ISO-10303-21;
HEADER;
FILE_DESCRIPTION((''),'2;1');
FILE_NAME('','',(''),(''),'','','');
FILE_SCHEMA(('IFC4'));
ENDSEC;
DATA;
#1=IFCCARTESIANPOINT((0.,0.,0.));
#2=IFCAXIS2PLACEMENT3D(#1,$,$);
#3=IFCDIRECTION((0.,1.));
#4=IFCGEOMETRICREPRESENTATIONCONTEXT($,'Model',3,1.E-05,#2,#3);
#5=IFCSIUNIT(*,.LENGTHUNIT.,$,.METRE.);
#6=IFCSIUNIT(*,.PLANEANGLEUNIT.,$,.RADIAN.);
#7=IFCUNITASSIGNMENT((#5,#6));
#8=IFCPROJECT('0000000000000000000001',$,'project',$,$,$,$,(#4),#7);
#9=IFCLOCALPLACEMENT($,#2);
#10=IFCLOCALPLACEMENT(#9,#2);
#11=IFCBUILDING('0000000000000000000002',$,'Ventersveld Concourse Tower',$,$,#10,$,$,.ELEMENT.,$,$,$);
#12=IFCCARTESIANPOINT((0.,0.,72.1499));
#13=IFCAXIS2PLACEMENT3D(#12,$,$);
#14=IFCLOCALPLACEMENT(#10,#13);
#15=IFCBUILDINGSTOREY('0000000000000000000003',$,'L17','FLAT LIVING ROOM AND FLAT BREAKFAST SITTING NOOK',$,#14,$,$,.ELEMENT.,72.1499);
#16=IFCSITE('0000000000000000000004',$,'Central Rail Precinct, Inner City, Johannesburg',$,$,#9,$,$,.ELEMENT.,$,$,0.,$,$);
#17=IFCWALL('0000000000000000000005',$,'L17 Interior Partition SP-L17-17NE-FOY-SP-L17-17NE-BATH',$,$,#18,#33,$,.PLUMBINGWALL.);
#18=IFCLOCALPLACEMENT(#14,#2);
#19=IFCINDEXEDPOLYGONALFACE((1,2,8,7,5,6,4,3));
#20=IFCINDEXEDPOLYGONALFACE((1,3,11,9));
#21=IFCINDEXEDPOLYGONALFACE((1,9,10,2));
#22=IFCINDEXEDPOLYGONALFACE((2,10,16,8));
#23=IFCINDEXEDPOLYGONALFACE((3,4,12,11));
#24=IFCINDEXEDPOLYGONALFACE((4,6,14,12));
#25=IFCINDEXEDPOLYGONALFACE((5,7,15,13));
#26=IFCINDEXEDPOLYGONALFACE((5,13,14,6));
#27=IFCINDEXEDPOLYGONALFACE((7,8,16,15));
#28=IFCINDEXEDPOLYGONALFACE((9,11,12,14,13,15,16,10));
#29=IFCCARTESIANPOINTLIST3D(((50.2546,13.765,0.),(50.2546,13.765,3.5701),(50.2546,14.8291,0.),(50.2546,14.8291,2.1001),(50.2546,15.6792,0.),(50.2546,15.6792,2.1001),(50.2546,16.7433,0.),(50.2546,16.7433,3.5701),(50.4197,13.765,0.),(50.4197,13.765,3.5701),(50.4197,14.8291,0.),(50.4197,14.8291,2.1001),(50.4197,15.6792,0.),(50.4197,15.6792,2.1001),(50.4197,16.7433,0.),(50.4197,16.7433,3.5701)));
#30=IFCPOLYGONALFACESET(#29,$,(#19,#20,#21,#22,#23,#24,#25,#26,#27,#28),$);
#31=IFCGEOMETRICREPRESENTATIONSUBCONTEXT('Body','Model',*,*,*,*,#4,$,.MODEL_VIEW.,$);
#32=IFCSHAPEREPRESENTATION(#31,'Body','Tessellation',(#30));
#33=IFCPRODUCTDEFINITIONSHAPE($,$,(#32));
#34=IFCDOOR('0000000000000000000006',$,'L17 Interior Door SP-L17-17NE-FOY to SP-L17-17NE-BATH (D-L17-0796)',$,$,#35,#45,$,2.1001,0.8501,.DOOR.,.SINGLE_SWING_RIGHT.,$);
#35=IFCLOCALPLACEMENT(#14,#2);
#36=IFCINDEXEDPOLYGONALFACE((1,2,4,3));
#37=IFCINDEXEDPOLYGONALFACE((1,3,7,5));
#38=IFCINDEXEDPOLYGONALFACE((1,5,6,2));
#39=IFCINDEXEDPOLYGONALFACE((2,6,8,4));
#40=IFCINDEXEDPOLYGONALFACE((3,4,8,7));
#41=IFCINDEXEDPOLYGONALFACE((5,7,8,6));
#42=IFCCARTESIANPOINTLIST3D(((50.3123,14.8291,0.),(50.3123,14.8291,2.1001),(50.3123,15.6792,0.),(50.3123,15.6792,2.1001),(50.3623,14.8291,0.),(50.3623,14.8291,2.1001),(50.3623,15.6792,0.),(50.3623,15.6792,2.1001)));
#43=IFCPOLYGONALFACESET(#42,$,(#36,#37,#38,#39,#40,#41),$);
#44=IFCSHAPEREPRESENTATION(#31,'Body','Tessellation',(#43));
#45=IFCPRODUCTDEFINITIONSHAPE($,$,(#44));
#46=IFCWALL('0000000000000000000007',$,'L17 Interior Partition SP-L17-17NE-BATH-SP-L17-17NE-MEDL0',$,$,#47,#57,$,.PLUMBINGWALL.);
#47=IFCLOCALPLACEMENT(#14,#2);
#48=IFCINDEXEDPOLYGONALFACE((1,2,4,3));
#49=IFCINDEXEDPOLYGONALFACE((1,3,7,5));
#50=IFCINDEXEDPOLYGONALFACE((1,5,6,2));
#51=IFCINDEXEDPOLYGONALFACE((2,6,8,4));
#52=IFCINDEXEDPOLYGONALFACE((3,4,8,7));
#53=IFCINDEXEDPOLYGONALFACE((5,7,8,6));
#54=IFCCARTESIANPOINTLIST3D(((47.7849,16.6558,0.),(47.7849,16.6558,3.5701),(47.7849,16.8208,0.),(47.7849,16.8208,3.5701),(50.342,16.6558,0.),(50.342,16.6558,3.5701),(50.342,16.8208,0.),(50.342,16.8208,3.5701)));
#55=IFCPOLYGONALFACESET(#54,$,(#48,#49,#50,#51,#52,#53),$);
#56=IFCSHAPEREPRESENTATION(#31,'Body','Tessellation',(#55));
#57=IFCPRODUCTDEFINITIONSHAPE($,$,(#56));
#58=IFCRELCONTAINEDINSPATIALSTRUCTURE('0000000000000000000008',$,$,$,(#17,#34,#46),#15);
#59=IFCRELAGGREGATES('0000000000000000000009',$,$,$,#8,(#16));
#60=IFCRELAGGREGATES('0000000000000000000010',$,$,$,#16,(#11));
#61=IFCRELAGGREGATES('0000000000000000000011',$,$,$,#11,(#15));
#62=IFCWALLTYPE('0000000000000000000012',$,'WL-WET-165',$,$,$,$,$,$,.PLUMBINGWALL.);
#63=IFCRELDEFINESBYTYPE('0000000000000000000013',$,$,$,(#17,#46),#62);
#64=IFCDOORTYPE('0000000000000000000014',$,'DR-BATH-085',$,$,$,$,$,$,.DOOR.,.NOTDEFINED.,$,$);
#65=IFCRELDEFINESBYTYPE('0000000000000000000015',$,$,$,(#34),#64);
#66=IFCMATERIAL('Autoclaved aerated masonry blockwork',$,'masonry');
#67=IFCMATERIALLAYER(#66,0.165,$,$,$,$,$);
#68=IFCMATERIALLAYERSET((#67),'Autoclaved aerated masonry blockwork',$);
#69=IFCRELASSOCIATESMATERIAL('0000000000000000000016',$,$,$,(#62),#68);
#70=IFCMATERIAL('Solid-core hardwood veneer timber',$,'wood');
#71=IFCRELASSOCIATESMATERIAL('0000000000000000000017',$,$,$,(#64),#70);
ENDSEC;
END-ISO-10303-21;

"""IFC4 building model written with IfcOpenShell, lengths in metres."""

from ifc_helpers import new_model, si_unit, direction, frame, frame_2d, origin, place, context, subcontext, project, spatial, rectangle, extrude, material, layer, layer_set, type_object, element, fill, save


model = new_model("IFC4")

# Units and contexts
model_context = context("Model", 3, precision=1e-05, world=origin(), true_north=direction((0.0, 1.0)))
body_context = subcontext(model_context, "Body", "Model", "MODEL_VIEW")
ifc_project = project(units=[si_unit("LENGTHUNIT", "METRE"), si_unit("PLANEANGLEUNIT", "RADIAN")], contexts=[model_context])

# Site, building, storey
site_placement = place(None, origin())
site = spatial("IfcSite", under=ifc_project, at=site_placement, Name="Central Rail Precinct, Inner City, Johannesburg", CompositionType="ELEMENT", RefElevation=0.0)
building_placement = place(site_placement, origin())
building = spatial("IfcBuilding", under=site, at=building_placement, Name="Ventersveld Concourse Tower", CompositionType="ELEMENT")
storey_placement = place(building_placement, frame((0.0, 0.0, 72.1499)))
storey = spatial("IfcBuildingStorey", under=building, at=storey_placement, Name="L17", Description="FLAT LIVING ROOM AND FLAT BREAKFAST SITTING NOOK", CompositionType="ELEMENT", Elevation=72.1499)

# Shared definitions
ifc_material_1 = material(Name="Solid-core hardwood veneer timber", Category="wood")

# Wall, opening, door
ifc_material_2 = material(Name="Autoclaved aerated masonry blockwork", Category="masonry")
ifc_layer_1 = layer(ifc_material_2, 0.165)
ifc_layer_set_1 = layer_set([ifc_layer_1], Name="Autoclaved aerated masonry blockwork")
wall_type_1 = type_object("IfcWallType", Name="WL-WET-165", PredefinedType="PLUMBINGWALL", material=ifc_layer_set_1)
wall_1_placement = place(storey_placement, frame((50.3372, 13.7649, 0.0), z_axis=(0.0, 0.0, 1.0), x_axis=(0.0, 1.0, 0.0)))
wall_1 = element("IfcWall", 1, at=wall_1_placement, inside=storey, type_object=wall_type_1, Name="L17 Interior Partition SP-L17-17NE-FOY-SP-L17-17NE-BATH", PredefinedType="PLUMBINGWALL", context=body_context, shape_type="SweptSolid", body=[
    extrude(rectangle(XDim=2.9783, YDim=0.165, at=frame_2d((1.4893, 0.0))), origin(), (0.0, 0.0, 1.0), 3.5701),
])
opening_1_placement = place(wall_1_placement, frame((1.0642, 0.0, 0.0)))
opening_1 = element("IfcOpeningElement", 2, at=opening_1_placement, cuts=wall_1, PredefinedType="OPENING", context=body_context, shape_type="SweptSolid", body=[
    extrude(rectangle(XDim=0.8501, YDim=2.1001, at=frame_2d((0.425, 1.05))), frame((0.0, 0.0925, 0.0), z_axis=(0.0, -1.0, 0.0), x_axis=(1.0, 0.0, 0.0)), (0.0, 0.0, 1.0), 0.1851),
])
door_type_1 = type_object("IfcDoorType", Name="DR-BATH-085", OperationType="NOTDEFINED", PredefinedType="DOOR", material=ifc_material_1)
door_1_placement = place(opening_1_placement, origin())
door_1 = element("IfcDoor", 3, at=door_1_placement, inside=storey, type_object=door_type_1, Name="L17 Interior Door SP-L17-17NE-FOY to SP-L17-17NE-BATH (D-L17-0796)", OperationType="SINGLE_SWING_RIGHT", OverallHeight=2.1001, OverallWidth=0.8501, PredefinedType="DOOR", context=body_context, shape_type="SweptSolid", body=[
    extrude(rectangle(XDim=0.8501, YDim=2.1001, at=frame_2d((0.425, 1.05))), frame((0.0, 0.0249, 0.0), z_axis=(0.0, -1.0, 0.0), x_axis=(1.0, 0.0, 0.0)), (0.0, 0.0, 1.0), 0.05),
])
fill(opening_1, door_1)

# Wall
wall_2_placement = place(storey_placement, frame((47.7849, 16.7383, 0.0), z_axis=(0.0, 0.0, 1.0), x_axis=(1.0, 0.0, 0.0)))
element("IfcWall", 4, at=wall_2_placement, inside=storey, type_object=wall_type_1, Name="L17 Interior Partition SP-L17-17NE-BATH-SP-L17-17NE-MEDL0", PredefinedType="PLUMBINGWALL", context=body_context, shape_type="SweptSolid", body=[
    extrude(rectangle(XDim=2.5571, YDim=0.165, at=frame_2d((1.2786, 0.0))), origin(), (0.0, 0.0, 1.0), 3.5701),
])

save(model, "model.ifc")
